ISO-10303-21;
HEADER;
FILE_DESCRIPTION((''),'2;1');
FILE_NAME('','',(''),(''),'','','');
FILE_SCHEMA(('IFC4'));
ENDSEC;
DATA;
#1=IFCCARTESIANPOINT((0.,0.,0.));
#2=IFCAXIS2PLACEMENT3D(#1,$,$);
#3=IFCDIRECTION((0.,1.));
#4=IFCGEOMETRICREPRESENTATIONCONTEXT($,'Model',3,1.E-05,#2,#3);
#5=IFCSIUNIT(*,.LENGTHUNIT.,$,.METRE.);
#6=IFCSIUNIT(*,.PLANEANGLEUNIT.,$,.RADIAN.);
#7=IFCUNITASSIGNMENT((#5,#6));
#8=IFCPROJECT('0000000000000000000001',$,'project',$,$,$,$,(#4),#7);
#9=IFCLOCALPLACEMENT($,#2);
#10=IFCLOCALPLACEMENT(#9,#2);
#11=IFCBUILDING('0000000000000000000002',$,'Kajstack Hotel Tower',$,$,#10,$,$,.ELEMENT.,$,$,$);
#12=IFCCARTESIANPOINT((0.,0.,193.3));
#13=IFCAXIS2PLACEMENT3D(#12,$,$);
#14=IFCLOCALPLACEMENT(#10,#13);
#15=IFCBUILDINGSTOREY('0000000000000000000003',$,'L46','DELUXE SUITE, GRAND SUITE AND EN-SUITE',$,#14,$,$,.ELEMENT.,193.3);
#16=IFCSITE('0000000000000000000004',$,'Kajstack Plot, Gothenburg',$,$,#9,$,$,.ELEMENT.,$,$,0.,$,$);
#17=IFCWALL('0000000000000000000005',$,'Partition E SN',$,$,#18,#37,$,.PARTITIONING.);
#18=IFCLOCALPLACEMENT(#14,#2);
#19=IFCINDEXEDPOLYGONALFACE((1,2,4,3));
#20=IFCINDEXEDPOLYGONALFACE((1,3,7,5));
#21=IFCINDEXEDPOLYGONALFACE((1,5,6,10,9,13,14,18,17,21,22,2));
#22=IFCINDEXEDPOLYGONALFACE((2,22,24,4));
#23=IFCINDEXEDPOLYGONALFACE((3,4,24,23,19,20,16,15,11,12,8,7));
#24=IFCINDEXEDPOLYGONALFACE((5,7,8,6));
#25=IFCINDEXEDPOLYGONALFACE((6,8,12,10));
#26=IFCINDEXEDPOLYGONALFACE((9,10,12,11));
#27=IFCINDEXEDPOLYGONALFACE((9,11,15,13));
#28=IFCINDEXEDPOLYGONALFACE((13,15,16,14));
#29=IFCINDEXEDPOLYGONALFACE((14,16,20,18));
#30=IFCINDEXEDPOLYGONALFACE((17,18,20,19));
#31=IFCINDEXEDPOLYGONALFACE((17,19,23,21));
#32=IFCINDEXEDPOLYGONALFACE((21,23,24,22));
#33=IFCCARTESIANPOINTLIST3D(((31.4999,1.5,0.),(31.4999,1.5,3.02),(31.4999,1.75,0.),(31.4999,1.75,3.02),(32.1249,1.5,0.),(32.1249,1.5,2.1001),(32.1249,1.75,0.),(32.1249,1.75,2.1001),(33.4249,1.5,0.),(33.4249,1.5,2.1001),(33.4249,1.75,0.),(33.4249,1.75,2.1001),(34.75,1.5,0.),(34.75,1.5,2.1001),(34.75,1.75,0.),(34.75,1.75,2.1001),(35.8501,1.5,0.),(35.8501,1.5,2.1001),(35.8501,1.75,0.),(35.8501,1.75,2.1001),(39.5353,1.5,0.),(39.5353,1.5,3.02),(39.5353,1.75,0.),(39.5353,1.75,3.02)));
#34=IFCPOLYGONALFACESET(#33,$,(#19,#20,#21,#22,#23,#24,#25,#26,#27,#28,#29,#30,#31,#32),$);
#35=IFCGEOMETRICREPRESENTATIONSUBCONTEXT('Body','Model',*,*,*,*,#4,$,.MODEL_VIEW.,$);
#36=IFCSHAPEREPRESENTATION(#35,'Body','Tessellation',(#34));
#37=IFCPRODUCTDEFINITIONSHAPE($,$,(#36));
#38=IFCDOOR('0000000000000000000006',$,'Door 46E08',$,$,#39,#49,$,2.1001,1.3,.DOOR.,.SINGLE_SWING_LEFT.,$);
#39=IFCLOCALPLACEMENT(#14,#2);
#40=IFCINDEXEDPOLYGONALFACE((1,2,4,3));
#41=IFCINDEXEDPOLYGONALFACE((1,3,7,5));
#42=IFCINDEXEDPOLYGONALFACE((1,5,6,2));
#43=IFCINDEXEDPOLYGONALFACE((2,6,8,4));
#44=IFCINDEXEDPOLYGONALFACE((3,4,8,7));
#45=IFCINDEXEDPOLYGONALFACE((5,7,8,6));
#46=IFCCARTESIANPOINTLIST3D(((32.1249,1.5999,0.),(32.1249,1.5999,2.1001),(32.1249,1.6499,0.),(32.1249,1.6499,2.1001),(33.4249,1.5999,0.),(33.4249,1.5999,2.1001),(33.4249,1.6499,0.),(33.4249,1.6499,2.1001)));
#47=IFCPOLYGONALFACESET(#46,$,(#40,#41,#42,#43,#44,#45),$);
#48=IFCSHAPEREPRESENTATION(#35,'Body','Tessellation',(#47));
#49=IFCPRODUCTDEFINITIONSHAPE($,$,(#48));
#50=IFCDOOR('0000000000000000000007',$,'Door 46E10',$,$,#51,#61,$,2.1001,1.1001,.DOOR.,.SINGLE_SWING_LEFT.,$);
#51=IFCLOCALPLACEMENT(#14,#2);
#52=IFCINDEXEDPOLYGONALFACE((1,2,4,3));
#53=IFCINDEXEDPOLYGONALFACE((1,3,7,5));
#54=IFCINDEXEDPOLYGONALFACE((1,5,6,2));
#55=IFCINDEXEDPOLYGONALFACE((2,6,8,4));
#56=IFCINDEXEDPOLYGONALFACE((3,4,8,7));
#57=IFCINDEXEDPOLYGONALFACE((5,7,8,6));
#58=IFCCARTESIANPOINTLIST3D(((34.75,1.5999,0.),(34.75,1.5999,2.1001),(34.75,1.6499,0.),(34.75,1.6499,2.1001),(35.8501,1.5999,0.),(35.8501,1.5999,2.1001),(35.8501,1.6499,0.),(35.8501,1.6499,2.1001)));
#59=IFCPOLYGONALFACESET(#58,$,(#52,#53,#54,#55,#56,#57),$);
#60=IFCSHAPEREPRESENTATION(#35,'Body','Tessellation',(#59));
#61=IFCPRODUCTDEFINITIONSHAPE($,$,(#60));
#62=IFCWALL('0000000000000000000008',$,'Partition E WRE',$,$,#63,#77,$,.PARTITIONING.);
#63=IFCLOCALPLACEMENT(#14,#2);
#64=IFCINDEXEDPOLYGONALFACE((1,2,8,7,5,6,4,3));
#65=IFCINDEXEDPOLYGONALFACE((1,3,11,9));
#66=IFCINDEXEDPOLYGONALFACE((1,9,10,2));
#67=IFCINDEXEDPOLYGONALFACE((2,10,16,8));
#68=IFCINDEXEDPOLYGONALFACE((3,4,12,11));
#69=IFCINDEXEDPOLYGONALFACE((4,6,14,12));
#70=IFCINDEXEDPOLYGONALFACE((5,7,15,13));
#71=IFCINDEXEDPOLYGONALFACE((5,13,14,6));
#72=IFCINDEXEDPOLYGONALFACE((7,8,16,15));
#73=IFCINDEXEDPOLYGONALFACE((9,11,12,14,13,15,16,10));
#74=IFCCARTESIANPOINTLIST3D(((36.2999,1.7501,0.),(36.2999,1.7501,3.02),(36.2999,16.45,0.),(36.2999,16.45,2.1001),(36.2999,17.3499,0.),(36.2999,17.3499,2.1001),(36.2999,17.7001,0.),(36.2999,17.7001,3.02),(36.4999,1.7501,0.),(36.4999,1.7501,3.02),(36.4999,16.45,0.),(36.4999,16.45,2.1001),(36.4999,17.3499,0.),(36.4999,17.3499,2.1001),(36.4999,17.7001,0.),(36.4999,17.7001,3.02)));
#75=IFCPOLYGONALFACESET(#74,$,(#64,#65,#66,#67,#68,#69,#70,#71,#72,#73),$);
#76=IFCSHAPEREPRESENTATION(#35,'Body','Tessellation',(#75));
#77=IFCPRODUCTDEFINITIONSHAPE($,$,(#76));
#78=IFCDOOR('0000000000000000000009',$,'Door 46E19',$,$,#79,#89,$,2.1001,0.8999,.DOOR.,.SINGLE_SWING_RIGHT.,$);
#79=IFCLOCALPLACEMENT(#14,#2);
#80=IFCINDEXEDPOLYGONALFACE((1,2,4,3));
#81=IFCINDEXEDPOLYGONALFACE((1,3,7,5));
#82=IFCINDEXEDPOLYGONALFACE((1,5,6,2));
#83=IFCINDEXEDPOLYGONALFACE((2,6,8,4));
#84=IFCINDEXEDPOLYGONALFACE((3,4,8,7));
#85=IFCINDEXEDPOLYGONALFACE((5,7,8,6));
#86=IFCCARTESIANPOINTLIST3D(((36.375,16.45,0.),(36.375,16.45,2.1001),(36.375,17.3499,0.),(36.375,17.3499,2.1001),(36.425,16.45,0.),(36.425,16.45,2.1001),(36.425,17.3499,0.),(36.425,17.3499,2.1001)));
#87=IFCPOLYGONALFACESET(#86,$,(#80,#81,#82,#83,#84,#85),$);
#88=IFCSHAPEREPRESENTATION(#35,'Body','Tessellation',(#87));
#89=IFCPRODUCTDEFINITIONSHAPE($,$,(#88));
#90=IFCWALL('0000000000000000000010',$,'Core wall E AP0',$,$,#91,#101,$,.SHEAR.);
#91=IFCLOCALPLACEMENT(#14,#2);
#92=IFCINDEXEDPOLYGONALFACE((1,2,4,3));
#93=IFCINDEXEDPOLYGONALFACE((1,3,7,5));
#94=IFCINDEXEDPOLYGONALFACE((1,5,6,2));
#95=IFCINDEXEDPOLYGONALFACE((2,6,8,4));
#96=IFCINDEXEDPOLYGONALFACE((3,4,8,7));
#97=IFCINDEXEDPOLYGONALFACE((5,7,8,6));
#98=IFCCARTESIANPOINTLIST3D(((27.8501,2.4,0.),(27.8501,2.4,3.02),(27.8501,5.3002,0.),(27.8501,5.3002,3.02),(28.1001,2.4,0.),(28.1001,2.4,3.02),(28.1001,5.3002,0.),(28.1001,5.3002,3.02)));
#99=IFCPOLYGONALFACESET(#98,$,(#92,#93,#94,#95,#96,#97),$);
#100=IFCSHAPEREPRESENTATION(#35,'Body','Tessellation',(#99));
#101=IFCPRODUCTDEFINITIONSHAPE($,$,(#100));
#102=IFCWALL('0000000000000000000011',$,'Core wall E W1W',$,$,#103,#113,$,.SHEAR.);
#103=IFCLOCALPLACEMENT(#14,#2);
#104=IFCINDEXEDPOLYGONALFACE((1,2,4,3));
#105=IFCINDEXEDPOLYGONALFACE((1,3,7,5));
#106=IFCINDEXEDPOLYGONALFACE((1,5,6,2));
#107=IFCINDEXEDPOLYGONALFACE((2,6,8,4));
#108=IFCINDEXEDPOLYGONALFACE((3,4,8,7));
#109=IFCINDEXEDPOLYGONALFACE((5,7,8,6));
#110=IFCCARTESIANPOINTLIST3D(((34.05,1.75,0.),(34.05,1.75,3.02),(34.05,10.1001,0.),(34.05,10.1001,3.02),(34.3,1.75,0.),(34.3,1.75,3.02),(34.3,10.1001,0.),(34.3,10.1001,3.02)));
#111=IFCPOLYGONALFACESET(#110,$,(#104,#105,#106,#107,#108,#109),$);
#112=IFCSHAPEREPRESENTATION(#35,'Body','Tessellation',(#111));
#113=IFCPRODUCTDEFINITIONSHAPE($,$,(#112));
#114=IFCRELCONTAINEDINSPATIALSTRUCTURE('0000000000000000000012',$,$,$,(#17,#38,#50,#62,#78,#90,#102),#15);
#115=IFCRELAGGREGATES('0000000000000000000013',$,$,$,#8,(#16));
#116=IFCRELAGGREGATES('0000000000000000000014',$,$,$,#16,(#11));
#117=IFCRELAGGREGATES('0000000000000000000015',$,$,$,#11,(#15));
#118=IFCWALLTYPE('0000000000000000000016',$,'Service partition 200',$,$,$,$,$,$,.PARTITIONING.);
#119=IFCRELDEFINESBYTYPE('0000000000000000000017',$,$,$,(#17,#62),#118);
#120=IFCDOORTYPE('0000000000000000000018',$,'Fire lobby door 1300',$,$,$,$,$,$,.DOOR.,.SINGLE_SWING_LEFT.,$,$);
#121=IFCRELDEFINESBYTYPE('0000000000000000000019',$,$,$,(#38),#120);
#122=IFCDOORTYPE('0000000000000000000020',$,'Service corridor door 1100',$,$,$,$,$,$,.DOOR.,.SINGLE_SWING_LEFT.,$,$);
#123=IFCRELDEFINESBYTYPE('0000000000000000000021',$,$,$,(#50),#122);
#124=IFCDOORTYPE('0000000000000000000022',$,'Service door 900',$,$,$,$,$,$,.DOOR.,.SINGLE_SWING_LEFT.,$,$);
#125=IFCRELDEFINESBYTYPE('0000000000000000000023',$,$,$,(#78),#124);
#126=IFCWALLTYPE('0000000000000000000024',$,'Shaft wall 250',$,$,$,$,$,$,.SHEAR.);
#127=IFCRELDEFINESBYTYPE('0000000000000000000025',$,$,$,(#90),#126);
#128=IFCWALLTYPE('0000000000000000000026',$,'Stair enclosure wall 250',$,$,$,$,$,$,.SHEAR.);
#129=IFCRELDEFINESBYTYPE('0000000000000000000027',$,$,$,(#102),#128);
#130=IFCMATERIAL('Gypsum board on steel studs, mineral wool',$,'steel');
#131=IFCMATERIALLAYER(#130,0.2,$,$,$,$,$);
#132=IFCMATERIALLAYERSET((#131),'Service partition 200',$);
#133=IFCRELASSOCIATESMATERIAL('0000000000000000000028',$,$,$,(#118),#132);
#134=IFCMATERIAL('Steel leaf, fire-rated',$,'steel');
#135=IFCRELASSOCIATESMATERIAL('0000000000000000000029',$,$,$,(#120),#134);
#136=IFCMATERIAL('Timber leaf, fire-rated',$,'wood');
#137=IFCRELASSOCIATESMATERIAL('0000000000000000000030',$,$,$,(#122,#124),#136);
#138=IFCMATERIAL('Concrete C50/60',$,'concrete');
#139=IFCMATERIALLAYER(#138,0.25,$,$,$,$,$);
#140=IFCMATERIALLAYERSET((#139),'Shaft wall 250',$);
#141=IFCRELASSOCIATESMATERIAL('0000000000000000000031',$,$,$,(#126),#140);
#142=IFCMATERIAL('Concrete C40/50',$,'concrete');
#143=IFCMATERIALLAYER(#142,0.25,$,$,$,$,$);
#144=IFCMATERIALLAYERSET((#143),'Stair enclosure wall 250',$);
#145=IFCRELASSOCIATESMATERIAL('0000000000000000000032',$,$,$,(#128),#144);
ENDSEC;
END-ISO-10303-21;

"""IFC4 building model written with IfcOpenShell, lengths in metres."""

from ifc_helpers import new_model, si_unit, direction, frame, frame_2d, origin, place, context, subcontext, project, spatial, rectangle, extrude, material, layer, layer_set, type_object, element, fill, save


model = new_model("IFC4")

# Units and contexts
model_context = context("Model", 3, precision=1e-05, world=origin(), true_north=direction((0.0, 1.0)))
body_context = subcontext(model_context, "Body", "Model", "MODEL_VIEW")
ifc_project = project(units=[si_unit("LENGTHUNIT", "METRE"), si_unit("PLANEANGLEUNIT", "RADIAN")], contexts=[model_context])

# Site, building, storey
site_placement = place(None, origin())
site = spatial("IfcSite", under=ifc_project, at=site_placement, Name="Kajstack Plot, Gothenburg", CompositionType="ELEMENT", RefElevation=0.0)
building_placement = place(site_placement, origin())
building = spatial("IfcBuilding", under=site, at=building_placement, Name="Kajstack Hotel Tower", CompositionType="ELEMENT")
storey_placement = place(building_placement, frame((0.0, 0.0, 193.3)))
storey = spatial("IfcBuildingStorey", under=building, at=storey_placement, Name="L46", Description="DELUXE SUITE, GRAND SUITE AND EN-SUITE", CompositionType="ELEMENT", Elevation=193.3)

# Wall, openings, doors
ifc_material_1 = material(Name="Gypsum board on steel studs, mineral wool", Category="steel")
ifc_layer_1 = layer(ifc_material_1, 0.2)
ifc_layer_set_1 = layer_set([ifc_layer_1], Name="Service partition 200")
wall_type_1 = type_object("IfcWallType", Name="Service partition 200", PredefinedType="PARTITIONING", material=ifc_layer_set_1)
wall_1_placement = place(storey_placement, frame((31.5, 1.625, 0.0), z_axis=(0.0, 0.0, 1.0), x_axis=(1.0, 0.0, 0.0)))
wall_1 = element("IfcWall", 1, at=wall_1_placement, inside=storey, type_object=wall_type_1, Name="Partition E SN", PredefinedType="PARTITIONING", context=body_context, shape_type="SweptSolid", body=[
    extrude(rectangle(XDim=8.0354, YDim=0.25, at=frame_2d((4.0176, 0.0))), origin(), (0.0, 0.0, 1.0), 3.02),
])
opening_1_placement = place(wall_1_placement, frame((0.625, 0.0, 0.0)))
opening_1 = element("IfcOpeningElement", 2, at=opening_1_placement, cuts=wall_1, PredefinedType="OPENING", context=body_context, shape_type="SweptSolid", body=[
    extrude(rectangle(XDim=1.3, YDim=2.1001, at=frame_2d((0.6499, 1.05))), frame((0.0, 0.135, 0.0), z_axis=(0.0, -1.0, 0.0), x_axis=(1.0, 0.0, 0.0)), (0.0, 0.0, 1.0), 0.27),
])
opening_2_placement = place(wall_1_placement, frame((3.25, 0.0, 0.0)))
opening_2 = element("IfcOpeningElement", 3, at=opening_2_placement, cuts=wall_1, PredefinedType="OPENING", context=body_context, shape_type="SweptSolid", body=[
    extrude(rectangle(XDim=1.1001, YDim=2.1001, at=frame_2d((0.55, 1.05))), frame((0.0, 0.135, 0.0), z_axis=(0.0, -1.0, 0.0), x_axis=(1.0, 0.0, 0.0)), (0.0, 0.0, 1.0), 0.27),
])
ifc_material_2 = material(Name="Steel leaf, fire-rated", Category="steel")
door_type_1 = type_object("IfcDoorType", Name="Fire lobby door 1300", OperationType="SINGLE_SWING_LEFT", PredefinedType="DOOR", material=ifc_material_2)
door_1_placement = place(opening_1_placement, origin())
door_1 = element("IfcDoor", 4, at=door_1_placement, inside=storey, type_object=door_type_1, Name="Door 46E08", OperationType="SINGLE_SWING_LEFT", OverallHeight=2.1001, OverallWidth=1.3, PredefinedType="DOOR", context=body_context, shape_type="SweptSolid", body=[
    extrude(rectangle(XDim=1.3, YDim=2.1001, at=frame_2d((0.6499, 1.05))), frame((0.0, 0.0249, 0.0), z_axis=(0.0, -1.0, 0.0), x_axis=(1.0, 0.0, 0.0)), (0.0, 0.0, 1.0), 0.05),
])
fill(opening_1, door_1)
ifc_material_3 = material(Name="Timber leaf, fire-rated", Category="wood")
door_type_2 = type_object("IfcDoorType", Name="Service corridor door 1100", OperationType="SINGLE_SWING_LEFT", PredefinedType="DOOR", material=ifc_material_3)
door_2_placement = place(opening_2_placement, origin())
door_2 = element("IfcDoor", 5, at=door_2_placement, inside=storey, type_object=door_type_2, Name="Door 46E10", OperationType="SINGLE_SWING_LEFT", OverallHeight=2.1001, OverallWidth=1.1001, PredefinedType="DOOR", context=body_context, shape_type="SweptSolid", body=[
    extrude(rectangle(XDim=1.1001, YDim=2.1001, at=frame_2d((0.55, 1.05))), frame((0.0, 0.0249, 0.0), z_axis=(0.0, -1.0, 0.0), x_axis=(1.0, 0.0, 0.0)), (0.0, 0.0, 1.0), 0.05),
])
fill(opening_2, door_2)

# Wall, opening, door
wall_2_placement = place(storey_placement, frame((36.3999, 1.75, 0.0), z_axis=(0.0, 0.0, 1.0), x_axis=(0.0, 1.0, 0.0)))
wall_2 = element("IfcWall", 6, at=wall_2_placement, inside=storey, type_object=wall_type_1, Name="Partition E WRE", PredefinedType="PARTITIONING", context=body_context, shape_type="SweptSolid", body=[
    extrude(rectangle(XDim=15.95, YDim=0.2, at=frame_2d((7.9751, 0.0))), origin(), (0.0, 0.0, 1.0), 3.02),
])
opening_3_placement = place(wall_2_placement, frame((14.7, 0.0, 0.0)))
opening_3 = element("IfcOpeningElement", 7, at=opening_3_placement, cuts=wall_2, PredefinedType="OPENING", context=body_context, shape_type="SweptSolid", body=[
    extrude(rectangle(XDim=0.8999, YDim=2.1001, at=frame_2d((0.45, 1.05))), frame((0.0, 0.1099, 0.0), z_axis=(0.0, -1.0, 0.0), x_axis=(1.0, 0.0, 0.0)), (0.0, 0.0, 1.0), 0.22),
])
door_type_3 = type_object("IfcDoorType", Name="Service door 900", OperationType="SINGLE_SWING_LEFT", PredefinedType="DOOR", material=ifc_material_3)
door_3_placement = place(opening_3_placement, origin())
door_3 = element("IfcDoor", 8, at=door_3_placement, inside=storey, type_object=door_type_3, Name="Door 46E19", OperationType="SINGLE_SWING_RIGHT", OverallHeight=2.1001, OverallWidth=0.8999, PredefinedType="DOOR", context=body_context, shape_type="SweptSolid", body=[
    extrude(rectangle(XDim=0.8999, YDim=2.1001, at=frame_2d((0.45, 1.05))), frame((0.0, 0.0249, 0.0), z_axis=(0.0, -1.0, 0.0), x_axis=(1.0, 0.0, 0.0)), (0.0, 0.0, 1.0), 0.05),
])
fill(opening_3, door_3)

# Walls
ifc_material_4 = material(Name="Concrete C50/60", Category="concrete")
ifc_layer_2 = layer(ifc_material_4, 0.25)
ifc_layer_set_2 = layer_set([ifc_layer_2], Name="Shaft wall 250")
wall_type_2 = type_object("IfcWallType", Name="Shaft wall 250", PredefinedType="SHEAR", material=ifc_layer_set_2)
wall_3_placement = place(storey_placement, frame((27.9751, 2.3999, 0.0), z_axis=(0.0, 0.0, 1.0), x_axis=(0.0, 1.0, 0.0)))
element("IfcWall", 9, at=wall_3_placement, inside=storey, type_object=wall_type_2, Name="Core wall E AP0", PredefinedType="SHEAR", context=body_context, shape_type="SweptSolid", body=[
    extrude(rectangle(XDim=2.9001, YDim=0.25, at=frame_2d((1.4502, 0.0))), origin(), (0.0, 0.0, 1.0), 3.02),
])
ifc_material_5 = material(Name="Concrete C40/50", Category="concrete")
ifc_layer_3 = layer(ifc_material_5, 0.25)
ifc_layer_set_3 = layer_set([ifc_layer_3], Name="Stair enclosure wall 250")
wall_type_3 = type_object("IfcWallType", Name="Stair enclosure wall 250", PredefinedType="SHEAR", material=ifc_layer_set_3)
wall_4_placement = place(storey_placement, frame((34.175, 1.75, 0.0), z_axis=(0.0, 0.0, 1.0), x_axis=(0.0, 1.0, 0.0)))
element("IfcWall", 10, at=wall_4_placement, inside=storey, type_object=wall_type_3, Name="Core wall E W1W", PredefinedType="SHEAR", context=body_context, shape_type="SweptSolid", body=[
    extrude(rectangle(XDim=8.3501, YDim=0.25, at=frame_2d((4.175, 0.0))), origin(), (0.0, 0.0, 1.0), 3.02),
])

save(model, "model.ifc")
